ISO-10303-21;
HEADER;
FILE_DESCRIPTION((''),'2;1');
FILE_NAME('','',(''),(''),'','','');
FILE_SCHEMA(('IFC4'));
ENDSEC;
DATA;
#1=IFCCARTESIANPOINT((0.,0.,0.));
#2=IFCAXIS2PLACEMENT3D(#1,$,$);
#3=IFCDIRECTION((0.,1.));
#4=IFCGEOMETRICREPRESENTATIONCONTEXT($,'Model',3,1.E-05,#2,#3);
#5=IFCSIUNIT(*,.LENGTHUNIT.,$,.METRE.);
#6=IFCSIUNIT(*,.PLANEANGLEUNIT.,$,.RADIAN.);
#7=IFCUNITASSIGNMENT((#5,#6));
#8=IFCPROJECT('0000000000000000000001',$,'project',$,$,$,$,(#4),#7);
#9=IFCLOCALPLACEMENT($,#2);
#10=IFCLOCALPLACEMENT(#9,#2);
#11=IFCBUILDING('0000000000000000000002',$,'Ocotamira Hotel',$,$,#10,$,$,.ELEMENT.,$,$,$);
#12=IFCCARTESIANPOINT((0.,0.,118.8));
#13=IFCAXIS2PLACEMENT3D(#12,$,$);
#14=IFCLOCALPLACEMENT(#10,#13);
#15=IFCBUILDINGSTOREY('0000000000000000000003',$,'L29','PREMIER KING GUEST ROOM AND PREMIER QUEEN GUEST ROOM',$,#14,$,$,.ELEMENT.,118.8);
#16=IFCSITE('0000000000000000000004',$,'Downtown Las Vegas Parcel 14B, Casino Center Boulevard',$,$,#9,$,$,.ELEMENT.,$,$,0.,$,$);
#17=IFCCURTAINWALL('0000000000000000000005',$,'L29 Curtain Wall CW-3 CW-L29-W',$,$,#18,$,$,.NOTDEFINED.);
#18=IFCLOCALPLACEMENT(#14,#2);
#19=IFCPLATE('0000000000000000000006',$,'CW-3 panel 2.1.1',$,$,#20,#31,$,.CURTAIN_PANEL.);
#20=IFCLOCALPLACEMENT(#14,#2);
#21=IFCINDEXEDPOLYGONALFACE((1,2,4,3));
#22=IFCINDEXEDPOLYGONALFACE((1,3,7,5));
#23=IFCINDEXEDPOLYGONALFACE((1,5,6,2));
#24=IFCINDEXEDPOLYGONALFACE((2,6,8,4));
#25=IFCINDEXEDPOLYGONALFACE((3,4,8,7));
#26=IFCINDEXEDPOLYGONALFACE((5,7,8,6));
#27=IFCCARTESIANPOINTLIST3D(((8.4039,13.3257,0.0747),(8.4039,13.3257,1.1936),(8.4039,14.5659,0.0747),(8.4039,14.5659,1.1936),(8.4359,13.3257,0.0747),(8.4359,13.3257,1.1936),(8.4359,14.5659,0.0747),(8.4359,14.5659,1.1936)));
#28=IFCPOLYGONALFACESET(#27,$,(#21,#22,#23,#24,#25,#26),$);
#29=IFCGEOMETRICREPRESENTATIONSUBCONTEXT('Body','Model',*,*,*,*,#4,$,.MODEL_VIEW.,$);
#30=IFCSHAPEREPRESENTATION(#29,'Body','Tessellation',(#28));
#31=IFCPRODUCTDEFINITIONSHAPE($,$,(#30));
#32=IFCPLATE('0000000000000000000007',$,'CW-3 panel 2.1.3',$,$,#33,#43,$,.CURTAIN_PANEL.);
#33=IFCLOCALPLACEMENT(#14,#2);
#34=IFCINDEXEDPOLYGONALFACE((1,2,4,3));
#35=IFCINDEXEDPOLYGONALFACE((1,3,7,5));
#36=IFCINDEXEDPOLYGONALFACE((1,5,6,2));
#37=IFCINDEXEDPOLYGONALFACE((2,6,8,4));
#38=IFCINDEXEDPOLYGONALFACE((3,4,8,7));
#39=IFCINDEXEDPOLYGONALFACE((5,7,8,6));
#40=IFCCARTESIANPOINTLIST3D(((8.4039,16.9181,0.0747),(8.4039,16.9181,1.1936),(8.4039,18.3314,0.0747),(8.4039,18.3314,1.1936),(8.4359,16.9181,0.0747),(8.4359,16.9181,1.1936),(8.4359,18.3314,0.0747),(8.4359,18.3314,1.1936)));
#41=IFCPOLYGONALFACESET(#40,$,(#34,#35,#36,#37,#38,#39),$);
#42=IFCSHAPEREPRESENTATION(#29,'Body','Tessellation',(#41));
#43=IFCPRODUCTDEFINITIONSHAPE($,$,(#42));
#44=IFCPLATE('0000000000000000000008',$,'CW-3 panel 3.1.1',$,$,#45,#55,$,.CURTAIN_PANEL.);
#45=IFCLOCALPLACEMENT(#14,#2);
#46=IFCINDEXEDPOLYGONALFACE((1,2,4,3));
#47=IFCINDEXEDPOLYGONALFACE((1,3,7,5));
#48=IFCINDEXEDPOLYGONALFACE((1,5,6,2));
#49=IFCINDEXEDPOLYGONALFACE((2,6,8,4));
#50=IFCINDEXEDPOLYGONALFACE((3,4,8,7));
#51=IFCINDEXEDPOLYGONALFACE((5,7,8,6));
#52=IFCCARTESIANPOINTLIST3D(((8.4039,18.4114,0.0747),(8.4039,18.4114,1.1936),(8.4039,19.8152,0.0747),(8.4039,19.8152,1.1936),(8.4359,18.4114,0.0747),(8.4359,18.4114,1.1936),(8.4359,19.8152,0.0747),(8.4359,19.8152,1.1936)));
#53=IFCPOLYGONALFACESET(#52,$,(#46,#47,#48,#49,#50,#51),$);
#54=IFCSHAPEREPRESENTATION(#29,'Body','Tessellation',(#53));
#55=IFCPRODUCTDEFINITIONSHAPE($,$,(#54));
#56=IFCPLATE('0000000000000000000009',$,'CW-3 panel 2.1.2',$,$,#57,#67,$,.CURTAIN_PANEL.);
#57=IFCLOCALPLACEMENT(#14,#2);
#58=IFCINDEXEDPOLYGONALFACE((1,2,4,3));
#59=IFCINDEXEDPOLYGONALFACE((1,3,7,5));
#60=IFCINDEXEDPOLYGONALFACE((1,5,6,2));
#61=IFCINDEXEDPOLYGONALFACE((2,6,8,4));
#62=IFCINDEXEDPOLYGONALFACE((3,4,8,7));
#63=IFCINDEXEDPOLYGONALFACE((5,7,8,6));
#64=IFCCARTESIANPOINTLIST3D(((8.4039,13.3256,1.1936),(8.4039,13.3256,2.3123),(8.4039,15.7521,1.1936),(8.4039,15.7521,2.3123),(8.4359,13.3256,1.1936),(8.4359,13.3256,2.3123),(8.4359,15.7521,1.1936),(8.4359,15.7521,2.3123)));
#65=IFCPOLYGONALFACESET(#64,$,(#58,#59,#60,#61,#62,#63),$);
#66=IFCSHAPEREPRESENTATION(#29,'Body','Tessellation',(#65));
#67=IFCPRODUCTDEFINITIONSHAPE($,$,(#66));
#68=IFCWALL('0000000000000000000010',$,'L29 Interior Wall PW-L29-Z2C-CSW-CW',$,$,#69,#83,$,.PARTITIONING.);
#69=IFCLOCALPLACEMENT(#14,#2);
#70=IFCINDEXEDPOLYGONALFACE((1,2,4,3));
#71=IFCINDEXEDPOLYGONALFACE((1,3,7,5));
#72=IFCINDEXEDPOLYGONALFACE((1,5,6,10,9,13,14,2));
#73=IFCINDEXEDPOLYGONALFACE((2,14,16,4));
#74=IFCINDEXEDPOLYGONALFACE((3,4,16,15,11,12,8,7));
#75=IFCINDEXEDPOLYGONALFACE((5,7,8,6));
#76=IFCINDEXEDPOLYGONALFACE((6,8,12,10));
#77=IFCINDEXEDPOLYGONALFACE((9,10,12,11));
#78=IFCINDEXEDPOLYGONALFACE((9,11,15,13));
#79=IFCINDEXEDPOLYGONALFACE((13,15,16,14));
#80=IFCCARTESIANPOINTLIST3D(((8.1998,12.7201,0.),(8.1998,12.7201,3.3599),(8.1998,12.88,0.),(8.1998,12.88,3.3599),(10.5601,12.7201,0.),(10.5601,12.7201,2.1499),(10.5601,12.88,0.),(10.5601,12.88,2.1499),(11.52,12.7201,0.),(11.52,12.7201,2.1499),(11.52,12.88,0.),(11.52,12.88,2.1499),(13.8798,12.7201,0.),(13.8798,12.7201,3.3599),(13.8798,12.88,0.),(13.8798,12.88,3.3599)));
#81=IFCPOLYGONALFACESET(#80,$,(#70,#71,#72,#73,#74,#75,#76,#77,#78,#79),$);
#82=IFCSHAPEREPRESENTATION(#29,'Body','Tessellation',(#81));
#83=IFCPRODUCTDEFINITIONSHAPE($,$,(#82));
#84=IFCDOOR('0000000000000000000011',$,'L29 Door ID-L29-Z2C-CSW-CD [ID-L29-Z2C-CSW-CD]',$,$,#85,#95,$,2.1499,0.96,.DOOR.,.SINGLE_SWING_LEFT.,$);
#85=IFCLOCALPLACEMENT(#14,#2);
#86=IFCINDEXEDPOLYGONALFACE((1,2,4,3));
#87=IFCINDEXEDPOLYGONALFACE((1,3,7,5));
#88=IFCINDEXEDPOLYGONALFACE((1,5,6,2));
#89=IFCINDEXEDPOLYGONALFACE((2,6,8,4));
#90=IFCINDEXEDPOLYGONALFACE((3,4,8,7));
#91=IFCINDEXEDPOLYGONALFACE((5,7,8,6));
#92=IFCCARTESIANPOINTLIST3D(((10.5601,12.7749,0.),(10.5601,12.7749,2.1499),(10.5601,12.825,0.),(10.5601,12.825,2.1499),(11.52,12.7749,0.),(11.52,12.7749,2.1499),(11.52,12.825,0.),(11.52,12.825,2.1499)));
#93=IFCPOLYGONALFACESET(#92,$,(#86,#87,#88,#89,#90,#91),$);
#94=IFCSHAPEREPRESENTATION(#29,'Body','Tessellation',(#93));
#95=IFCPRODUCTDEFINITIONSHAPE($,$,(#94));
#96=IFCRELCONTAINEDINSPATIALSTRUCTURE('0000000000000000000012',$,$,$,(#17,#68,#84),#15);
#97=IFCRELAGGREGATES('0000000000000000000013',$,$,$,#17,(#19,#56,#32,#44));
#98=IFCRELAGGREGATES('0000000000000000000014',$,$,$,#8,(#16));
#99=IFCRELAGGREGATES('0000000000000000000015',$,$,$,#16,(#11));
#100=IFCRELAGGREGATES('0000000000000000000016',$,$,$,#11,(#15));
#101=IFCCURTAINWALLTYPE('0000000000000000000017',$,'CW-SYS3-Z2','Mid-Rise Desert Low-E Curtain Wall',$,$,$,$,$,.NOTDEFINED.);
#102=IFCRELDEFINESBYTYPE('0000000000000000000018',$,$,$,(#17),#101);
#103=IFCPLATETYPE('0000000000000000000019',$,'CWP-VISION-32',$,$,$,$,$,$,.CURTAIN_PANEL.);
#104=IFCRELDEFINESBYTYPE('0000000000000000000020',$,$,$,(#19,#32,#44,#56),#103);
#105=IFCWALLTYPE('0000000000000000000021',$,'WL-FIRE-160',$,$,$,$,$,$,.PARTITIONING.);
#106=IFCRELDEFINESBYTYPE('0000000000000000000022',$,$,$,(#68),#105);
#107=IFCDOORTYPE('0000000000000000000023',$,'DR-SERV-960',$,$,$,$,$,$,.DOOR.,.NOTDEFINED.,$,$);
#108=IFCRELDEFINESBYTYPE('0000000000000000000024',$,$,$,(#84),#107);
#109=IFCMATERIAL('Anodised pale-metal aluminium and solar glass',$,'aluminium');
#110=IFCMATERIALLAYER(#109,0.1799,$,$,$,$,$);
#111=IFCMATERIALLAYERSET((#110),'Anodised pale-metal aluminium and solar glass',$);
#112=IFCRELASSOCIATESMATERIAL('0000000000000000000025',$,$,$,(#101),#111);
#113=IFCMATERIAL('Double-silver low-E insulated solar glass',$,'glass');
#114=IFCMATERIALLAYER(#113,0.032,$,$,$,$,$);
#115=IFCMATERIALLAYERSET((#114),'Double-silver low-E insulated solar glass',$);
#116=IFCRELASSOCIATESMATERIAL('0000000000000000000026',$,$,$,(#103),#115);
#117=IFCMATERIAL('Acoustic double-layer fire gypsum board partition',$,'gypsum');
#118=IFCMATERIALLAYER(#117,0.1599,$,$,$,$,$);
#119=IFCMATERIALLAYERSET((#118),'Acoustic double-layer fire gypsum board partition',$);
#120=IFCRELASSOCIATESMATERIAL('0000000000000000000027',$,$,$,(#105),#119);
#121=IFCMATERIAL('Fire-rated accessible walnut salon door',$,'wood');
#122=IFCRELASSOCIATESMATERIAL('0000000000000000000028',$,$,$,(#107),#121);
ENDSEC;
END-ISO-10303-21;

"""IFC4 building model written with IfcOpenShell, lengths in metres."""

from ifc_helpers import new_model, si_unit, direction, frame, frame_2d, origin, origin_2d, place, context, subcontext, project, spatial, rectangle, extrude, source, transform, mapped, material, layer, layer_set, type_object, element, fill, aggregate, save


model = new_model("IFC4")

# Units and contexts
model_context = context("Model", 3, precision=1e-05, world=origin(), true_north=direction((0.0, 1.0)))
body_context = subcontext(model_context, "Body", "Model", "MODEL_VIEW")
ifc_project = project(units=[si_unit("LENGTHUNIT", "METRE"), si_unit("PLANEANGLEUNIT", "RADIAN")], contexts=[model_context])

# Site, building, storey
site_placement = place(None, origin())
site = spatial("IfcSite", under=ifc_project, at=site_placement, Name="Downtown Las Vegas Parcel 14B, Casino Center Boulevard", CompositionType="ELEMENT", RefElevation=0.0)
building_placement = place(site_placement, origin())
building = spatial("IfcBuilding", under=site, at=building_placement, Name="Ocotamira Hotel", CompositionType="ELEMENT")
storey_placement = place(building_placement, frame((0.0, 0.0, 118.8)))
storey = spatial("IfcBuildingStorey", under=building, at=storey_placement, Name="L29", Description="PREMIER KING GUEST ROOM AND PREMIER QUEEN GUEST ROOM", CompositionType="ELEMENT", Elevation=118.8)

# Curtain wall
ifc_material_1 = material(Name="Anodised pale-metal aluminium and solar glass", Category="aluminium")
ifc_layer_1 = layer(ifc_material_1, 0.1799)
ifc_layer_set_1 = layer_set([ifc_layer_1], Name="Anodised pale-metal aluminium and solar glass")
curtain_wall_type = type_object("IfcCurtainWallType", Name="CW-SYS3-Z2", Description="Mid-Rise Desert Low-E Curtain Wall", PredefinedType="NOTDEFINED", material=ifc_layer_set_1)
curtain_wall_placement = place(storey_placement, origin())
curtain_wall = element("IfcCurtainWall", 1, at=curtain_wall_placement, inside=storey, type_object=curtain_wall_type, Name="L29 Curtain Wall CW-3 CW-L29-W", PredefinedType="NOTDEFINED")

# Plates
ifc_material_2 = material(Name="Double-silver low-E insulated solar glass", Category="glass")
ifc_layer_2 = layer(ifc_material_2, 0.032)
ifc_layer_set_2 = layer_set([ifc_layer_2], Name="Double-silver low-E insulated solar glass")
plate_type_1 = type_object("IfcPlateType", Name="CWP-VISION-32", PredefinedType="CURTAIN_PANEL", material=ifc_layer_set_2)
shared_shape_1 = source(origin(), body_context, "Body", "SweptSolid", [
    extrude(rectangle(XDim=1.2402, YDim=0.032, at=origin_2d()), origin(), (0.0, 0.0, 1.0), 1.1189),
])
plate_1_placement = place(storey_placement, frame((8.4199, 13.9458, 0.0747), z_axis=(0.0, 0.0, 1.0), x_axis=(0.0, 1.0, 0.0)))
plate_1 = element("IfcPlate", 2, at=plate_1_placement, type_object=plate_type_1, Name="CW-3 panel 2.1.1", PredefinedType="CURTAIN_PANEL", context=body_context, shape_type="MappedRepresentation", body=[
    mapped(shared_shape_1, transform((0.0, 0.0, 0.0), scale=1.0)),
])
shared_shape_2 = source(origin(), body_context, "Body", "SweptSolid", [
    extrude(rectangle(XDim=1.4133, YDim=0.032, at=origin_2d()), origin(), (0.0, 0.0, 1.0), 1.1189),
])
plate_2_placement = place(storey_placement, frame((8.4199, 17.6248, 0.0747), z_axis=(0.0, 0.0, 1.0), x_axis=(0.0, 1.0, 0.0)))
plate_2 = element("IfcPlate", 3, at=plate_2_placement, type_object=plate_type_1, Name="CW-3 panel 2.1.3", PredefinedType="CURTAIN_PANEL", context=body_context, shape_type="MappedRepresentation", body=[
    mapped(shared_shape_2, transform((0.0, 0.0, 0.0), scale=1.0)),
])
shared_shape_3 = source(origin(), body_context, "Body", "SweptSolid", [
    extrude(rectangle(XDim=1.4038, YDim=0.032, at=origin_2d()), origin(), (0.0, 0.0, 1.0), 1.1189),
])
plate_3_placement = place(storey_placement, frame((8.4199, 19.1133, 0.0747), z_axis=(0.0, 0.0, 1.0), x_axis=(0.0, 1.0, 0.0)))
plate_3 = element("IfcPlate", 4, at=plate_3_placement, type_object=plate_type_1, Name="CW-3 panel 3.1.1", PredefinedType="CURTAIN_PANEL", context=body_context, shape_type="MappedRepresentation", body=[
    mapped(shared_shape_3, transform((0.0, 0.0, 0.0), scale=1.0)),
])
shared_shape_4 = source(origin(), body_context, "Body", "SweptSolid", [
    extrude(rectangle(XDim=2.4265, YDim=0.032, at=origin_2d()), origin(), (0.0, 0.0, 1.0), 1.1187),
])
plate_4_placement = place(storey_placement, frame((8.4199, 14.5388, 1.1936), z_axis=(0.0, 0.0, 1.0), x_axis=(0.0, 1.0, 0.0)))
plate_4 = element("IfcPlate", 5, at=plate_4_placement, type_object=plate_type_1, Name="CW-3 panel 2.1.2", PredefinedType="CURTAIN_PANEL", context=body_context, shape_type="MappedRepresentation", body=[
    mapped(shared_shape_4, transform((0.0, 0.0, 0.0), scale=1.0)),
])
aggregate(curtain_wall, [plate_1, plate_4, plate_2, plate_3])

# Wall, opening, door
ifc_material_3 = material(Name="Acoustic double-layer fire gypsum board partition", Category="gypsum")
ifc_layer_3 = layer(ifc_material_3, 0.1599)
ifc_layer_set_3 = layer_set([ifc_layer_3], Name="Acoustic double-layer fire gypsum board partition")
wall_type_1 = type_object("IfcWallType", Name="WL-FIRE-160", PredefinedType="PARTITIONING", material=ifc_layer_set_3)
wall_1_placement = place(storey_placement, frame((8.2, 12.8, 0.0), z_axis=(0.0, 0.0, 1.0), x_axis=(1.0, 0.0, 0.0)))
wall_1 = element("IfcWall", 6, at=wall_1_placement, inside=storey, type_object=wall_type_1, Name="L29 Interior Wall PW-L29-Z2C-CSW-CW", PredefinedType="PARTITIONING", context=body_context, shape_type="SweptSolid", body=[
    extrude(rectangle(XDim=5.6799, YDim=0.1599, at=frame_2d((2.8398, 0.0))), origin(), (0.0, 0.0, 1.0), 3.3599),
])
opening_1_placement = place(wall_1_placement, frame((2.3601, 0.0, 0.0)))
opening_1 = element("IfcOpeningElement", 7, at=opening_1_placement, cuts=wall_1, PredefinedType="OPENING", context=body_context, shape_type="SweptSolid", body=[
    extrude(rectangle(XDim=0.96, YDim=2.1499, at=frame_2d((0.48, 1.075))), frame((0.0, 0.0898, 0.0), z_axis=(0.0, -1.0, 0.0), x_axis=(1.0, 0.0, 0.0)), (0.0, 0.0, 1.0), 0.1799),
])
ifc_material_4 = material(Name="Fire-rated accessible walnut salon door", Category="wood")
door_type_1 = type_object("IfcDoorType", Name="DR-SERV-960", OperationType="NOTDEFINED", PredefinedType="DOOR", material=ifc_material_4)
shared_shape_5 = source(origin(), body_context, "Body", "SweptSolid", [
    extrude(rectangle(XDim=0.96, YDim=2.1499, at=frame_2d((0.48, 1.075))), frame((0.0, 0.0249, 0.0), z_axis=(0.0, -1.0, 0.0), x_axis=(1.0, 0.0, 0.0)), (0.0, 0.0, 1.0), 0.05),
])
door_1_placement = place(opening_1_placement, origin())
door_1 = element("IfcDoor", 8, at=door_1_placement, inside=storey, type_object=door_type_1, Name="L29 Door ID-L29-Z2C-CSW-CD [ID-L29-Z2C-CSW-CD]", OperationType="SINGLE_SWING_LEFT", OverallHeight=2.1499, OverallWidth=0.96, PredefinedType="DOOR", context=body_context, shape_type="MappedRepresentation", body=[
    mapped(shared_shape_5, transform((0.0, 0.0, 0.0), scale=1.0)),
])
fill(opening_1, door_1)

save(model, "model.ifc")
